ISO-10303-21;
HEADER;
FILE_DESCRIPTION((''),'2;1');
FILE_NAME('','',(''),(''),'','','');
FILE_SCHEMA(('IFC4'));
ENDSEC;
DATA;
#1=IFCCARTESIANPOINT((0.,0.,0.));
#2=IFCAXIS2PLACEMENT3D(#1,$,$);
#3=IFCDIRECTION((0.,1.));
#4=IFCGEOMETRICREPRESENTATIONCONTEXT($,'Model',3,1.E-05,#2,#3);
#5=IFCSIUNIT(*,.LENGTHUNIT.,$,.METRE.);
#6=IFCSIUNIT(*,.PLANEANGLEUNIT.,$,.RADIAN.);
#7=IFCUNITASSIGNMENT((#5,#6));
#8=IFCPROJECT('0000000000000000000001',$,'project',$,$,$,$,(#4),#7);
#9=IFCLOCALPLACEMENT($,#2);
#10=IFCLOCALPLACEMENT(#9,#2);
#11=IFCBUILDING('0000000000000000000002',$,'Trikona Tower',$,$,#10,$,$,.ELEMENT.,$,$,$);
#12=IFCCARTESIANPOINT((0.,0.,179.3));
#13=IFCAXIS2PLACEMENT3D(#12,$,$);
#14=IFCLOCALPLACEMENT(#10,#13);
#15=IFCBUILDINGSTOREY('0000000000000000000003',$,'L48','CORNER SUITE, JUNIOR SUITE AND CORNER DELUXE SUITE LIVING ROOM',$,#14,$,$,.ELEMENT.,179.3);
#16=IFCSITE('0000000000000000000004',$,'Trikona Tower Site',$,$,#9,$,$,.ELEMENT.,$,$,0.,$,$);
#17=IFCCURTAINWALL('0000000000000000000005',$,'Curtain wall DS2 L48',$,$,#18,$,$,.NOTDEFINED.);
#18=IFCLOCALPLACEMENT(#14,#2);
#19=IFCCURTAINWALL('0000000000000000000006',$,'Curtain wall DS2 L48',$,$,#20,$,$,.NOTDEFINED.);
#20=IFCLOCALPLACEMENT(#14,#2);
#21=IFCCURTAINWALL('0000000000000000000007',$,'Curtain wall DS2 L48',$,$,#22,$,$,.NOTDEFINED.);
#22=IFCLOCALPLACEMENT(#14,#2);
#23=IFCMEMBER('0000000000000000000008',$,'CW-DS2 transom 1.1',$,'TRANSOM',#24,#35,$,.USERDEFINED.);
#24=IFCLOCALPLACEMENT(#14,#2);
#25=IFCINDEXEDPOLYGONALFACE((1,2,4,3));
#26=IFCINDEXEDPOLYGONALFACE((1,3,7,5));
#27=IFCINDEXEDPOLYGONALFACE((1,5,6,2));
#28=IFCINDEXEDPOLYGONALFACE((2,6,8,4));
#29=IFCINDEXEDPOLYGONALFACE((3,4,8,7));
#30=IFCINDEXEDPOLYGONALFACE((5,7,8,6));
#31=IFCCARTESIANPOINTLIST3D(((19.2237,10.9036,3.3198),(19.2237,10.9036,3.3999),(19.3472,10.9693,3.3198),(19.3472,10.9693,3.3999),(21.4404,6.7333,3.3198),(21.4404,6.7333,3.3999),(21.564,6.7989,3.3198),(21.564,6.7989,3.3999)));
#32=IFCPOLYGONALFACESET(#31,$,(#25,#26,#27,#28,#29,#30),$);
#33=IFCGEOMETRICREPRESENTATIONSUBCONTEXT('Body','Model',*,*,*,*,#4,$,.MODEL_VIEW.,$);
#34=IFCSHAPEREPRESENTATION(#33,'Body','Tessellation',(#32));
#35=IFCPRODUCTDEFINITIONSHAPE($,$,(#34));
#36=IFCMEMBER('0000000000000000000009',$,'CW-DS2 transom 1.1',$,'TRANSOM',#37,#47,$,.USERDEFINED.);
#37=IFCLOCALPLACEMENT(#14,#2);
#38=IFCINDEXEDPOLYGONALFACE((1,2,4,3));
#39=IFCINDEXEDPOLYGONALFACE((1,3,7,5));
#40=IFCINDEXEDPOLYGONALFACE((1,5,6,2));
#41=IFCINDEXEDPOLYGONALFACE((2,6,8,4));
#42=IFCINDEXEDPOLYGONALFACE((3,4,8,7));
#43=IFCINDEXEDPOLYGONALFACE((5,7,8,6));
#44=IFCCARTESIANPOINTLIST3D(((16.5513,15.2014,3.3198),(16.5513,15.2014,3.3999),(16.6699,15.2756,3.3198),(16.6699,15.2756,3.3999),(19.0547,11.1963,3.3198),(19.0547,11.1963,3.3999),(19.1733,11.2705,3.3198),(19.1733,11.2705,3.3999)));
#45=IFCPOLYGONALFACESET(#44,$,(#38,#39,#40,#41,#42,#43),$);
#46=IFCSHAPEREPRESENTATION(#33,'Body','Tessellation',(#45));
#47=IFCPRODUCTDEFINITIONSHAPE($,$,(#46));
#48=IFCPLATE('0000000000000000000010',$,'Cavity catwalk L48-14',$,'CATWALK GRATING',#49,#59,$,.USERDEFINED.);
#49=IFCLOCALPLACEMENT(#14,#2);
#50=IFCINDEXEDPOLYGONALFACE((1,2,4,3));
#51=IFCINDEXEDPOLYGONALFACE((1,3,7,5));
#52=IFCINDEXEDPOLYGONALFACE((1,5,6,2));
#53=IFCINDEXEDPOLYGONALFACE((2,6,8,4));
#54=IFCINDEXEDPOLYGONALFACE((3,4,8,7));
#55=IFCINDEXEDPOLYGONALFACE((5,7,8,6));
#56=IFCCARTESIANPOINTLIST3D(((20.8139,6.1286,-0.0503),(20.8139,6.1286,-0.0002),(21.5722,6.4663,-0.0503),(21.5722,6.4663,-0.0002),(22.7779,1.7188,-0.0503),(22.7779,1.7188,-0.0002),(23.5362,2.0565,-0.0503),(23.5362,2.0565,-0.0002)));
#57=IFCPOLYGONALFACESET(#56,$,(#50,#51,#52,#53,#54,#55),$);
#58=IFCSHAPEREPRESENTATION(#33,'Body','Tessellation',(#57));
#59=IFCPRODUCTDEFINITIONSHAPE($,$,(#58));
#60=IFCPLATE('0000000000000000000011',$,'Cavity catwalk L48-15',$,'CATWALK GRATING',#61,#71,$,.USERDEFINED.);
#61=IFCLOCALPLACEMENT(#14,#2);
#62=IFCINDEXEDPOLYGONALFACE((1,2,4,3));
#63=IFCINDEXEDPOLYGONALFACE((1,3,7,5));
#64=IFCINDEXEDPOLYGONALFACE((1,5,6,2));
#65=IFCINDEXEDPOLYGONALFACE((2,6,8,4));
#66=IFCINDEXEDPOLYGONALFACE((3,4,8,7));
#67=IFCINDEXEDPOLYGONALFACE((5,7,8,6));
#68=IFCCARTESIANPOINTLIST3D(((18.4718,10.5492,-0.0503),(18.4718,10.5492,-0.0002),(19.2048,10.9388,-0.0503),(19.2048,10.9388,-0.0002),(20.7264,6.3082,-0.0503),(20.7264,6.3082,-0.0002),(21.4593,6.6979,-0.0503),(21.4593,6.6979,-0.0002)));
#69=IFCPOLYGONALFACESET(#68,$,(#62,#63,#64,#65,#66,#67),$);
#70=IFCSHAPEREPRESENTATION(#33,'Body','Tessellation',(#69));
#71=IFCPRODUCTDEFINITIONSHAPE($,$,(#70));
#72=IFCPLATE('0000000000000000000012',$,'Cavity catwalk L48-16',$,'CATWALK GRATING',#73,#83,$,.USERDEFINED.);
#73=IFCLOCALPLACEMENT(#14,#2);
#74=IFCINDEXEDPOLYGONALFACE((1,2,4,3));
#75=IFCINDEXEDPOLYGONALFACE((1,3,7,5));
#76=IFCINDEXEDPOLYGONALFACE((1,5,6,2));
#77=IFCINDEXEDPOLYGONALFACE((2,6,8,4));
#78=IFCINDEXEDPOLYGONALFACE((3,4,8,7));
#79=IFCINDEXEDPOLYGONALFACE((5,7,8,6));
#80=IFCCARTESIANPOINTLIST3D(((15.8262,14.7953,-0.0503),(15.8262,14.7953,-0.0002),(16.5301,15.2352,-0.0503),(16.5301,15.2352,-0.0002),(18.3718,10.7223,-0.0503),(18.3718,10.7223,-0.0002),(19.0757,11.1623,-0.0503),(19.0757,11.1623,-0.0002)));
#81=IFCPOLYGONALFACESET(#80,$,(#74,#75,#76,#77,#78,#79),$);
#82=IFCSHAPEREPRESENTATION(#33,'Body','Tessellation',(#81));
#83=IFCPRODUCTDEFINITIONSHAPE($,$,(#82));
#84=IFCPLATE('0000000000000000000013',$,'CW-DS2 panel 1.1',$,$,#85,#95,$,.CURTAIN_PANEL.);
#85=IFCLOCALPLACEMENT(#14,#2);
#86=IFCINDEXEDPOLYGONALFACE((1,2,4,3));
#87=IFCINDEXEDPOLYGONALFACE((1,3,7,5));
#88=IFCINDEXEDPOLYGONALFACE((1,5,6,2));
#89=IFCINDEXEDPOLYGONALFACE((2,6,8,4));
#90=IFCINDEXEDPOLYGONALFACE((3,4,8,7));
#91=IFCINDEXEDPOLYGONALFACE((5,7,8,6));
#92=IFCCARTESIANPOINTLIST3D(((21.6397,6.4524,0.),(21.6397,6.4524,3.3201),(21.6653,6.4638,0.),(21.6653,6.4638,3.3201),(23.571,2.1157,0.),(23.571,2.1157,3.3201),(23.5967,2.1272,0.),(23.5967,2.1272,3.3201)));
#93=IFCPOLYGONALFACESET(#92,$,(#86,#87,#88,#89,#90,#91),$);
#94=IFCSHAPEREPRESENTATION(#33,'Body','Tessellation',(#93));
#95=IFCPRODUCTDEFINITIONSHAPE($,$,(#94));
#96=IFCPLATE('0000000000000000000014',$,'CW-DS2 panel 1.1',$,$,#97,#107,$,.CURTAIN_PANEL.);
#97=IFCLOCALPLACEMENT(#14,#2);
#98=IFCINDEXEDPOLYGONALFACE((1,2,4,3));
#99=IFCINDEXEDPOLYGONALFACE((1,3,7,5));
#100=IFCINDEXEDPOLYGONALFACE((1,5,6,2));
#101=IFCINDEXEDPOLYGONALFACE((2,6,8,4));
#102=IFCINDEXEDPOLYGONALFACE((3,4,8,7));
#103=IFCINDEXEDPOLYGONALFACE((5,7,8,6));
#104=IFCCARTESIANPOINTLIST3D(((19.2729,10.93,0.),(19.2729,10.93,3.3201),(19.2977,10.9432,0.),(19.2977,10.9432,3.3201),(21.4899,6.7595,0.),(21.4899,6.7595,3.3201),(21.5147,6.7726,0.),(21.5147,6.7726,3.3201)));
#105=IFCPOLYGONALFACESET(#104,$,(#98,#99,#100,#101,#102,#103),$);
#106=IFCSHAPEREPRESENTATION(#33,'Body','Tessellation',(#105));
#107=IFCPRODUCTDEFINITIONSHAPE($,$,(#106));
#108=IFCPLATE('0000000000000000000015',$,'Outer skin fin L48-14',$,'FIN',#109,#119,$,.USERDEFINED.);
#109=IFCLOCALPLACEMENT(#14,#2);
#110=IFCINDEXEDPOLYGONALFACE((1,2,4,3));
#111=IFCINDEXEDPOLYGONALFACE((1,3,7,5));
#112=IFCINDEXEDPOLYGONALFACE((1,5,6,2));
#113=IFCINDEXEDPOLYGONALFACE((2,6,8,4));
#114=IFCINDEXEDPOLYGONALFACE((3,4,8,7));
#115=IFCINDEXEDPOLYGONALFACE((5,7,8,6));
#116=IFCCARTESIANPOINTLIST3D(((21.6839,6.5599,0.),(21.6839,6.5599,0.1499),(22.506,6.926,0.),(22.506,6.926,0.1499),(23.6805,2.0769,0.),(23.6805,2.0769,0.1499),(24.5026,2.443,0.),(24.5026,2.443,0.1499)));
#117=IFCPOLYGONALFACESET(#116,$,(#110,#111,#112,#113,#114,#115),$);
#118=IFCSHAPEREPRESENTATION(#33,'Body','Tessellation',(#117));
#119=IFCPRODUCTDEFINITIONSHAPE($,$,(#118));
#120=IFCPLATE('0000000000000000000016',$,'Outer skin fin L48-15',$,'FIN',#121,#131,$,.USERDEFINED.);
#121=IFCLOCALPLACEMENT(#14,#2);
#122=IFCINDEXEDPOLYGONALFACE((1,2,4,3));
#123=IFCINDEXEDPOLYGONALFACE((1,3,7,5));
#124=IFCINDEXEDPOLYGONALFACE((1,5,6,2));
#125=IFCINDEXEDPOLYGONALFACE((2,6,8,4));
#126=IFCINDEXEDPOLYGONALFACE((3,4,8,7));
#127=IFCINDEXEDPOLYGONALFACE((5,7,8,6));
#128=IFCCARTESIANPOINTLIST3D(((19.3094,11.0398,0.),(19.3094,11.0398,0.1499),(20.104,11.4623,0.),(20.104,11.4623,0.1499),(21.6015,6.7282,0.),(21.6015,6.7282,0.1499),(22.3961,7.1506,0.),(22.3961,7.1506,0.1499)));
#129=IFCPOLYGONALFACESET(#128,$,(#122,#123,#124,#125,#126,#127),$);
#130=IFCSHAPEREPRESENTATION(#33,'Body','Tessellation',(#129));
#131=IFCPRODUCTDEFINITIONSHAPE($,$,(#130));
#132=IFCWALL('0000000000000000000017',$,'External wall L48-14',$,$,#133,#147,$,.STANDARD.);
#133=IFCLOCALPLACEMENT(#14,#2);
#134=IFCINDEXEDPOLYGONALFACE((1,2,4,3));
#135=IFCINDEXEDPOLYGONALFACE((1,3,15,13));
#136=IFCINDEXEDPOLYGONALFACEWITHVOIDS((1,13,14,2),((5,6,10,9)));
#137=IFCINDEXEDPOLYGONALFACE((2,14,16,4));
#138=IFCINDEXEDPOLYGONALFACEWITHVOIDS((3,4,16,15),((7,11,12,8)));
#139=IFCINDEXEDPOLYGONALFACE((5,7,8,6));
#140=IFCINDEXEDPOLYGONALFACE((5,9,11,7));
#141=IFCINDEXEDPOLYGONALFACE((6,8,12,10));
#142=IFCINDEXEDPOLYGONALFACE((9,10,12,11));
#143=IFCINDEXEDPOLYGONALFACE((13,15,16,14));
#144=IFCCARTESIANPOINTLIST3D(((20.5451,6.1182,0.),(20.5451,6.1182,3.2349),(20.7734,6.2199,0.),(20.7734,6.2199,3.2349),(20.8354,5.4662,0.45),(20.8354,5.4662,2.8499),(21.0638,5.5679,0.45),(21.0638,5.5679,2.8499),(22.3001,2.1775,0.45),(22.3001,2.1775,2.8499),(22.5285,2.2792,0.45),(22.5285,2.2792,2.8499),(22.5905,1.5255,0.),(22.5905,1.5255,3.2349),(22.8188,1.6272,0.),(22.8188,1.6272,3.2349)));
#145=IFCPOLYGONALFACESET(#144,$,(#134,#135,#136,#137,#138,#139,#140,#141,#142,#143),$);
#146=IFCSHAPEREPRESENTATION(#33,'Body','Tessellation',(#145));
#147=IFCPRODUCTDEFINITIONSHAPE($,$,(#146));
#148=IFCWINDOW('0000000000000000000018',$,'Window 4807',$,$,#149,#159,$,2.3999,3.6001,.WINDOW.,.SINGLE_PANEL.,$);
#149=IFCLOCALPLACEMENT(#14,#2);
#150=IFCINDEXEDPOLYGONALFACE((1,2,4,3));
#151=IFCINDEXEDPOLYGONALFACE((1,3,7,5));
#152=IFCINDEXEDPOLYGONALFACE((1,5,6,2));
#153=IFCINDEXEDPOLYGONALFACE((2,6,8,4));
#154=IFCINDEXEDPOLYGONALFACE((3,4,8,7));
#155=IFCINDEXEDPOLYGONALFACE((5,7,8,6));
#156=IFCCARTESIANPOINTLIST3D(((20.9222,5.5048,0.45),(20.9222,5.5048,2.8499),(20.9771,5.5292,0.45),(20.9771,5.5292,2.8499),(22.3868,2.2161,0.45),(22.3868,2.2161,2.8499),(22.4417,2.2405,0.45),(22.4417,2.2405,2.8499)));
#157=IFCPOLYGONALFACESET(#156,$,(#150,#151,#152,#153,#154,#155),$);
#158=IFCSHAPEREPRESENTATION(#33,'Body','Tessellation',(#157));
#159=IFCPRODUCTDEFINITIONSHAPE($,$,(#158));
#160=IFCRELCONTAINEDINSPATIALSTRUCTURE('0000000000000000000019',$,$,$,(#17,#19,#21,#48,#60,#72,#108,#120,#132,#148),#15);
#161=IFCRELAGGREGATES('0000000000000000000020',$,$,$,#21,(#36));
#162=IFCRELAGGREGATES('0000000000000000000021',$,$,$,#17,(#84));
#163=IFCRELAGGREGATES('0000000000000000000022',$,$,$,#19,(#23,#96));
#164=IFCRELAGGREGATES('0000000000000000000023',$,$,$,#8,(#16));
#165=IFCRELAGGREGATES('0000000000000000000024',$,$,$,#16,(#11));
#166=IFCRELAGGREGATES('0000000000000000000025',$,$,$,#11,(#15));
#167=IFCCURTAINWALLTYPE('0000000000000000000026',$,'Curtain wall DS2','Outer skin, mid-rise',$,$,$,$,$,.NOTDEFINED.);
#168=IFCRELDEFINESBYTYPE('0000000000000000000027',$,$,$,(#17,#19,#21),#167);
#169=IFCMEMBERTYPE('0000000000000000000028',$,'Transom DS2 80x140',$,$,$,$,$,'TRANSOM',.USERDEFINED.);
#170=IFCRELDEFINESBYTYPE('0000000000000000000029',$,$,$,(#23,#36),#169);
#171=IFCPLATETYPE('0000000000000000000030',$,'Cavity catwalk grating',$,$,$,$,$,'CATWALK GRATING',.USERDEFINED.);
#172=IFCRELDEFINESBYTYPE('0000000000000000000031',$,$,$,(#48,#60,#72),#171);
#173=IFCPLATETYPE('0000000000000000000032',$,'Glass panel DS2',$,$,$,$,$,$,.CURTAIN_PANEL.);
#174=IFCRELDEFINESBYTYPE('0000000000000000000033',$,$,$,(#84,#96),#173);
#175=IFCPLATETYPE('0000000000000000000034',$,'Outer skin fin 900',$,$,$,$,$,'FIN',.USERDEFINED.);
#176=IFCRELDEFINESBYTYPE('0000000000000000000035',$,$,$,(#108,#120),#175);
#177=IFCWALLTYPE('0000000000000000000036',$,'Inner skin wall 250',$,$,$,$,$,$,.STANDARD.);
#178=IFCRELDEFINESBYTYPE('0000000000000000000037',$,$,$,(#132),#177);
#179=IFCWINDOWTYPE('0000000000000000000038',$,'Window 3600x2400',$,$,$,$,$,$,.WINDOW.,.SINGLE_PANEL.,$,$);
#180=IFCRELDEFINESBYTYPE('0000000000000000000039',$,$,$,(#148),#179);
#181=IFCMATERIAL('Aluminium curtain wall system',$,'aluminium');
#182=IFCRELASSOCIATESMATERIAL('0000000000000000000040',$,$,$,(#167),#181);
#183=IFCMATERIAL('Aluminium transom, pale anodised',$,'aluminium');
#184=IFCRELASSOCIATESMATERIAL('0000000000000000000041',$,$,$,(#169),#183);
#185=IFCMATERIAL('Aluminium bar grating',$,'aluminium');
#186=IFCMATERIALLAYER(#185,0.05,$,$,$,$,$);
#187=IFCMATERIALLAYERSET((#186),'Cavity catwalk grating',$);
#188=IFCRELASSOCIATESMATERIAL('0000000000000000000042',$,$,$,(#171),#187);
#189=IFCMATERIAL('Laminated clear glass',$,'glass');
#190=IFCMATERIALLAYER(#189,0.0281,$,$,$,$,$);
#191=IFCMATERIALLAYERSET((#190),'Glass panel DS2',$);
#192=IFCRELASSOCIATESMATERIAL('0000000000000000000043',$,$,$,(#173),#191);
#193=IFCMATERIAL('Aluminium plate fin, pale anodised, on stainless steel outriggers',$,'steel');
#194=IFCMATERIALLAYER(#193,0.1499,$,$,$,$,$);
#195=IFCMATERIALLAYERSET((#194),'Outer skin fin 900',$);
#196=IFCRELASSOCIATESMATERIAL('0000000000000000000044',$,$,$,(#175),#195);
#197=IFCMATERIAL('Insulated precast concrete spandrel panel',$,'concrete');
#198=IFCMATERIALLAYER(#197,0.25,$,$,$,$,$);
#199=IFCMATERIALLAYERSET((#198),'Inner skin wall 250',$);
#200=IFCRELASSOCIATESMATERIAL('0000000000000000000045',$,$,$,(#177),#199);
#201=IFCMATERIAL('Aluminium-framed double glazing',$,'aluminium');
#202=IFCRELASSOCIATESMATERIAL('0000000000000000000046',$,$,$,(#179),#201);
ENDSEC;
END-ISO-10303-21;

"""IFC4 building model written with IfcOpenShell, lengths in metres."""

from ifc_helpers import new_model, si_unit, direction, frame, frame_2d, origin, origin_2d, place, context, subcontext, project, spatial, rectangle, extrude, material, layer, layer_set, material_profile, profile_set, type_object, element, fill, aggregate, save


model = new_model("IFC4")

# Units and contexts
model_context = context("Model", 3, precision=1e-05, world=origin(), true_north=direction((0.0, 1.0)))
body_context = subcontext(model_context, "Body", "Model", "MODEL_VIEW")
ifc_project = project(units=[si_unit("LENGTHUNIT", "METRE"), si_unit("PLANEANGLEUNIT", "RADIAN")], contexts=[model_context])

# Site, building, storey
site_placement = place(None, origin())
site = spatial("IfcSite", under=ifc_project, at=site_placement, Name="Trikona Tower Site", CompositionType="ELEMENT", RefElevation=0.0)
building_placement = place(site_placement, origin())
building = spatial("IfcBuilding", under=site, at=building_placement, Name="Trikona Tower", CompositionType="ELEMENT")
storey_placement = place(building_placement, frame((0.0, 0.0, 179.3)))
storey = spatial("IfcBuildingStorey", under=building, at=storey_placement, Name="L48", Description="CORNER SUITE, JUNIOR SUITE AND CORNER DELUXE SUITE LIVING ROOM", CompositionType="ELEMENT", Elevation=179.3)

# Shared definitions
ifc_material_1 = material(Name="Aluminium curtain wall system", Category="aluminium")
curtain_wall_type = type_object("IfcCurtainWallType", Name="Curtain wall DS2", Description="Outer skin, mid-rise", PredefinedType="NOTDEFINED", material=ifc_material_1)

# Curtain walls
curtain_wall_1_placement = place(storey_placement, origin())
curtain_wall_1 = element("IfcCurtainWall", 1, at=curtain_wall_1_placement, inside=storey, type_object=curtain_wall_type, Name="Curtain wall DS2 L48", PredefinedType="NOTDEFINED")
curtain_wall_2_placement = place(storey_placement, origin())
curtain_wall_2 = element("IfcCurtainWall", 2, at=curtain_wall_2_placement, inside=storey, type_object=curtain_wall_type, Name="Curtain wall DS2 L48", PredefinedType="NOTDEFINED")

# Curtain wall
curtain_wall_3_placement = place(storey_placement, origin())
curtain_wall_3 = element("IfcCurtainWall", 3, at=curtain_wall_3_placement, inside=storey, type_object=curtain_wall_type, Name="Curtain wall DS2 L48", PredefinedType="NOTDEFINED")

# Members
ifc_material_2 = material(Name="Aluminium transom, pale anodised", Category="aluminium")
ifc_material_profile_1 = material_profile(ifc_material_2, rectangle(XDim=0.1399, YDim=0.0801, at=origin_2d()), Name="TRN-DS2")
ifc_profile_set_1 = profile_set([ifc_material_profile_1], Name="Aluminium transom, pale anodised")
member_type_1 = type_object("IfcMemberType", Name="Transom DS2 80x140", ElementType="TRANSOM", PredefinedType="USERDEFINED", material=ifc_profile_set_1)
member_1_placement = place(storey_placement, frame((21.5022, 6.7661, 3.3599), z_axis=(-0.469364, 0.883005, 0.0), x_axis=(-0.883005, -0.469364, 0.0)))
member_1 = element("IfcMember", 4, at=member_1_placement, type_object=member_type_1, Name="CW-DS2 transom 1.1", ObjectType="TRANSOM", PredefinedType="USERDEFINED", context=body_context, shape_type="SweptSolid", body=[
    extrude(rectangle(XDim=0.1399, YDim=0.0801, at=origin_2d()), origin(), (0.0, 0.0, 1.0), 4.7229),
])
member_2_placement = place(storey_placement, frame((19.114, 11.2334, 3.3599), z_axis=(-0.530031, 0.847978, 0.0), x_axis=(-0.847978, -0.530031, 0.0)))
member_2 = element("IfcMember", 5, at=member_2_placement, type_object=member_type_1, Name="CW-DS2 transom 1.1", ObjectType="TRANSOM", PredefinedType="USERDEFINED", context=body_context, shape_type="SweptSolid", body=[
    extrude(rectangle(XDim=0.1399, YDim=0.0801, at=origin_2d()), origin(), (0.0, 0.0, 1.0), 4.7231),
])
aggregate(curtain_wall_3, [member_2])

# Plates
ifc_material_3 = material(Name="Aluminium bar grating", Category="aluminium")
ifc_layer_1 = layer(ifc_material_3, 0.05)
ifc_layer_set_1 = layer_set([ifc_layer_1], Name="Cavity catwalk grating")
plate_type_1 = type_object("IfcPlateType", Name="Cavity catwalk grating", ElementType="CATWALK GRATING", PredefinedType="USERDEFINED", material=ifc_layer_set_1)
plate_1_placement = place(storey_placement, frame((22.175, 4.0925, -0.0503), z_axis=(0.0, 0.0, 1.0), x_axis=(-0.406843, 0.913498, 0.0)))
element("IfcPlate", 6, at=plate_1_placement, inside=storey, type_object=plate_type_1, Name="Cavity catwalk L48-14", ObjectType="CATWALK GRATING", PredefinedType="USERDEFINED", context=body_context, shape_type="SweptSolid", body=[
    extrude(rectangle(XDim=4.8274, YDim=0.8301, at=origin_2d()), origin(), (0.0, 0.0, 1.0), 0.05),
])
for number, where, z_axis, x_axis, name in (
    (7, (19.9656, 8.6235, -0.0503), (0.0, 0.0, 1.0), (-0.469398, 0.882987, 0.0), "Cavity catwalk L48-15"),
    (8, (17.4509, 12.9788, -0.0503), (0.0, 0.0, 1.0), (-0.529995, 0.848001, 0.0), "Cavity catwalk L48-16"),
):
    element("IfcPlate", number, at=place(storey_placement, frame(where, z_axis=z_axis, x_axis=x_axis)), inside=storey, type_object=plate_type_1, Name=name, ObjectType="CATWALK GRATING", PredefinedType="USERDEFINED", context=body_context, shape_type="SweptSolid", body=[
        extrude(rectangle(XDim=4.803, YDim=0.8301, at=origin_2d()), origin(), (0.0, 0.0, 1.0), 0.05),
    ])

# Plates
ifc_material_4 = material(Name="Laminated clear glass", Category="glass")
ifc_layer_2 = layer(ifc_material_4, 0.0281)
ifc_layer_set_2 = layer_set([ifc_layer_2], Name="Glass panel DS2")
plate_type_2 = type_object("IfcPlateType", Name="Glass panel DS2", PredefinedType="CURTAIN_PANEL", material=ifc_layer_set_2)
plate_2_placement = place(storey_placement, frame((22.6182, 4.2898, 0.0), z_axis=(0.0, 0.0, 1.0), x_axis=(-0.406836, 0.913501, 0.0)))
plate_2 = element("IfcPlate", 9, at=plate_2_placement, type_object=plate_type_2, Name="CW-DS2 panel 1.1", PredefinedType="CURTAIN_PANEL", context=body_context, shape_type="SweptSolid", body=[
    extrude(rectangle(XDim=4.7473, YDim=0.0281, at=origin_2d()), origin(), (0.0, 0.0, 1.0), 3.3201),
])
aggregate(curtain_wall_1, [plate_2])
plate_3_placement = place(storey_placement, frame((20.3938, 8.8513, 0.0), z_axis=(0.0, 0.0, 1.0), x_axis=(-0.46938, 0.882996, 0.0)))
plate_3 = element("IfcPlate", 10, at=plate_3_placement, type_object=plate_type_2, Name="CW-DS2 panel 1.1", PredefinedType="CURTAIN_PANEL", context=body_context, shape_type="SweptSolid", body=[
    extrude(rectangle(XDim=4.7231, YDim=0.0281, at=origin_2d()), origin(), (0.0, 0.0, 1.0), 3.3201),
])
aggregate(curtain_wall_2, [member_1, plate_3])

# Plates
ifc_material_5 = material(Name="Aluminium plate fin, pale anodised, on stainless steel outriggers", Category="steel")
ifc_layer_3 = layer(ifc_material_5, 0.1499)
ifc_layer_set_3 = layer_set([ifc_layer_3], Name="Outer skin fin 900")
plate_type_3 = type_object("IfcPlateType", Name="Outer skin fin 900", ElementType="FIN", PredefinedType="USERDEFINED", material=ifc_layer_set_3)
plate_4_placement = place(storey_placement, frame((23.0933, 4.5015, 0.0), z_axis=(0.0, 0.0, 1.0), x_axis=(-0.406843, 0.913498, 0.0)))
element("IfcPlate", 11, at=plate_4_placement, inside=storey, type_object=plate_type_3, Name="Outer skin fin L48-14", ObjectType="FIN", PredefinedType="USERDEFINED", context=body_context, shape_type="SweptSolid", body=[
    extrude(rectangle(XDim=4.9075, YDim=0.8999, at=origin_2d()), origin(), (0.0, 0.0, 1.0), 0.1499),
])
plate_5_placement = place(storey_placement, frame((20.8528, 9.0952, 0.0), z_axis=(0.0, 0.0, 1.0), x_axis=(-0.469398, 0.882987, 0.0)))
element("IfcPlate", 12, at=plate_5_placement, inside=storey, type_object=plate_type_3, Name="Outer skin fin L48-15", ObjectType="FIN", PredefinedType="USERDEFINED", context=body_context, shape_type="SweptSolid", body=[
    extrude(rectangle(XDim=4.8831, YDim=0.8999, at=origin_2d()), origin(), (0.0, 0.0, 1.0), 0.1499),
])

# Wall, opening, window
ifc_material_6 = material(Name="Insulated precast concrete spandrel panel", Category="concrete")
ifc_layer_4 = layer(ifc_material_6, 0.25)
ifc_layer_set_4 = layer_set([ifc_layer_4], Name="Inner skin wall 250")
wall_type = type_object("IfcWallType", Name="Inner skin wall 250", PredefinedType="STANDARD", material=ifc_layer_set_4)
wall_1_placement = place(storey_placement, frame((22.7046, 1.5764, 0.0), z_axis=(0.0, 0.0, 1.0), x_axis=(-0.406832, 0.913503, 0.0)))
wall_1 = element("IfcWall", 13, at=wall_1_placement, inside=storey, type_object=wall_type, Name="External wall L48-14", PredefinedType="STANDARD", context=body_context, shape_type="SweptSolid", body=[
    extrude(rectangle(XDim=5.0276, YDim=0.25, at=frame_2d((2.5137, 0.0))), origin(), (0.0, 0.0, 1.0), 3.2349),
])
opening_1_placement = place(wall_1_placement, frame((0.7136, 0.0, 0.45)))
opening_1 = element("IfcOpeningElement", 14, at=opening_1_placement, cuts=wall_1, PredefinedType="OPENING", context=body_context, shape_type="SweptSolid", body=[
    extrude(rectangle(XDim=3.6001, YDim=2.3999, at=frame_2d((1.8, 1.2))), frame((0.0, 0.135, 0.0), z_axis=(0.0, -1.0, 0.0), x_axis=(1.0, 0.0, 0.0)), (0.0, 0.0, 1.0), 0.27),
])
ifc_material_7 = material(Name="Aluminium-framed double glazing", Category="aluminium")
window_type = type_object("IfcWindowType", Name="Window 3600x2400", PartitioningType="SINGLE_PANEL", PredefinedType="WINDOW", material=ifc_material_7)
window_1_placement = place(opening_1_placement, origin())
window_1 = element("IfcWindow", 15, at=window_1_placement, inside=storey, type_object=window_type, Name="Window 4807", OverallHeight=2.3999, OverallWidth=3.6001, PartitioningType="SINGLE_PANEL", PredefinedType="WINDOW", context=body_context, shape_type="SweptSolid", body=[
    extrude(rectangle(XDim=3.6001, YDim=2.3999, at=frame_2d((1.8, 1.2))), frame((0.0, 0.03, 0.0), z_axis=(0.0, -1.0, 0.0), x_axis=(1.0, 0.0, 0.0)), (0.0, 0.0, 1.0), 0.0601),
])
fill(opening_1, window_1)

save(model, "model.ifc")
